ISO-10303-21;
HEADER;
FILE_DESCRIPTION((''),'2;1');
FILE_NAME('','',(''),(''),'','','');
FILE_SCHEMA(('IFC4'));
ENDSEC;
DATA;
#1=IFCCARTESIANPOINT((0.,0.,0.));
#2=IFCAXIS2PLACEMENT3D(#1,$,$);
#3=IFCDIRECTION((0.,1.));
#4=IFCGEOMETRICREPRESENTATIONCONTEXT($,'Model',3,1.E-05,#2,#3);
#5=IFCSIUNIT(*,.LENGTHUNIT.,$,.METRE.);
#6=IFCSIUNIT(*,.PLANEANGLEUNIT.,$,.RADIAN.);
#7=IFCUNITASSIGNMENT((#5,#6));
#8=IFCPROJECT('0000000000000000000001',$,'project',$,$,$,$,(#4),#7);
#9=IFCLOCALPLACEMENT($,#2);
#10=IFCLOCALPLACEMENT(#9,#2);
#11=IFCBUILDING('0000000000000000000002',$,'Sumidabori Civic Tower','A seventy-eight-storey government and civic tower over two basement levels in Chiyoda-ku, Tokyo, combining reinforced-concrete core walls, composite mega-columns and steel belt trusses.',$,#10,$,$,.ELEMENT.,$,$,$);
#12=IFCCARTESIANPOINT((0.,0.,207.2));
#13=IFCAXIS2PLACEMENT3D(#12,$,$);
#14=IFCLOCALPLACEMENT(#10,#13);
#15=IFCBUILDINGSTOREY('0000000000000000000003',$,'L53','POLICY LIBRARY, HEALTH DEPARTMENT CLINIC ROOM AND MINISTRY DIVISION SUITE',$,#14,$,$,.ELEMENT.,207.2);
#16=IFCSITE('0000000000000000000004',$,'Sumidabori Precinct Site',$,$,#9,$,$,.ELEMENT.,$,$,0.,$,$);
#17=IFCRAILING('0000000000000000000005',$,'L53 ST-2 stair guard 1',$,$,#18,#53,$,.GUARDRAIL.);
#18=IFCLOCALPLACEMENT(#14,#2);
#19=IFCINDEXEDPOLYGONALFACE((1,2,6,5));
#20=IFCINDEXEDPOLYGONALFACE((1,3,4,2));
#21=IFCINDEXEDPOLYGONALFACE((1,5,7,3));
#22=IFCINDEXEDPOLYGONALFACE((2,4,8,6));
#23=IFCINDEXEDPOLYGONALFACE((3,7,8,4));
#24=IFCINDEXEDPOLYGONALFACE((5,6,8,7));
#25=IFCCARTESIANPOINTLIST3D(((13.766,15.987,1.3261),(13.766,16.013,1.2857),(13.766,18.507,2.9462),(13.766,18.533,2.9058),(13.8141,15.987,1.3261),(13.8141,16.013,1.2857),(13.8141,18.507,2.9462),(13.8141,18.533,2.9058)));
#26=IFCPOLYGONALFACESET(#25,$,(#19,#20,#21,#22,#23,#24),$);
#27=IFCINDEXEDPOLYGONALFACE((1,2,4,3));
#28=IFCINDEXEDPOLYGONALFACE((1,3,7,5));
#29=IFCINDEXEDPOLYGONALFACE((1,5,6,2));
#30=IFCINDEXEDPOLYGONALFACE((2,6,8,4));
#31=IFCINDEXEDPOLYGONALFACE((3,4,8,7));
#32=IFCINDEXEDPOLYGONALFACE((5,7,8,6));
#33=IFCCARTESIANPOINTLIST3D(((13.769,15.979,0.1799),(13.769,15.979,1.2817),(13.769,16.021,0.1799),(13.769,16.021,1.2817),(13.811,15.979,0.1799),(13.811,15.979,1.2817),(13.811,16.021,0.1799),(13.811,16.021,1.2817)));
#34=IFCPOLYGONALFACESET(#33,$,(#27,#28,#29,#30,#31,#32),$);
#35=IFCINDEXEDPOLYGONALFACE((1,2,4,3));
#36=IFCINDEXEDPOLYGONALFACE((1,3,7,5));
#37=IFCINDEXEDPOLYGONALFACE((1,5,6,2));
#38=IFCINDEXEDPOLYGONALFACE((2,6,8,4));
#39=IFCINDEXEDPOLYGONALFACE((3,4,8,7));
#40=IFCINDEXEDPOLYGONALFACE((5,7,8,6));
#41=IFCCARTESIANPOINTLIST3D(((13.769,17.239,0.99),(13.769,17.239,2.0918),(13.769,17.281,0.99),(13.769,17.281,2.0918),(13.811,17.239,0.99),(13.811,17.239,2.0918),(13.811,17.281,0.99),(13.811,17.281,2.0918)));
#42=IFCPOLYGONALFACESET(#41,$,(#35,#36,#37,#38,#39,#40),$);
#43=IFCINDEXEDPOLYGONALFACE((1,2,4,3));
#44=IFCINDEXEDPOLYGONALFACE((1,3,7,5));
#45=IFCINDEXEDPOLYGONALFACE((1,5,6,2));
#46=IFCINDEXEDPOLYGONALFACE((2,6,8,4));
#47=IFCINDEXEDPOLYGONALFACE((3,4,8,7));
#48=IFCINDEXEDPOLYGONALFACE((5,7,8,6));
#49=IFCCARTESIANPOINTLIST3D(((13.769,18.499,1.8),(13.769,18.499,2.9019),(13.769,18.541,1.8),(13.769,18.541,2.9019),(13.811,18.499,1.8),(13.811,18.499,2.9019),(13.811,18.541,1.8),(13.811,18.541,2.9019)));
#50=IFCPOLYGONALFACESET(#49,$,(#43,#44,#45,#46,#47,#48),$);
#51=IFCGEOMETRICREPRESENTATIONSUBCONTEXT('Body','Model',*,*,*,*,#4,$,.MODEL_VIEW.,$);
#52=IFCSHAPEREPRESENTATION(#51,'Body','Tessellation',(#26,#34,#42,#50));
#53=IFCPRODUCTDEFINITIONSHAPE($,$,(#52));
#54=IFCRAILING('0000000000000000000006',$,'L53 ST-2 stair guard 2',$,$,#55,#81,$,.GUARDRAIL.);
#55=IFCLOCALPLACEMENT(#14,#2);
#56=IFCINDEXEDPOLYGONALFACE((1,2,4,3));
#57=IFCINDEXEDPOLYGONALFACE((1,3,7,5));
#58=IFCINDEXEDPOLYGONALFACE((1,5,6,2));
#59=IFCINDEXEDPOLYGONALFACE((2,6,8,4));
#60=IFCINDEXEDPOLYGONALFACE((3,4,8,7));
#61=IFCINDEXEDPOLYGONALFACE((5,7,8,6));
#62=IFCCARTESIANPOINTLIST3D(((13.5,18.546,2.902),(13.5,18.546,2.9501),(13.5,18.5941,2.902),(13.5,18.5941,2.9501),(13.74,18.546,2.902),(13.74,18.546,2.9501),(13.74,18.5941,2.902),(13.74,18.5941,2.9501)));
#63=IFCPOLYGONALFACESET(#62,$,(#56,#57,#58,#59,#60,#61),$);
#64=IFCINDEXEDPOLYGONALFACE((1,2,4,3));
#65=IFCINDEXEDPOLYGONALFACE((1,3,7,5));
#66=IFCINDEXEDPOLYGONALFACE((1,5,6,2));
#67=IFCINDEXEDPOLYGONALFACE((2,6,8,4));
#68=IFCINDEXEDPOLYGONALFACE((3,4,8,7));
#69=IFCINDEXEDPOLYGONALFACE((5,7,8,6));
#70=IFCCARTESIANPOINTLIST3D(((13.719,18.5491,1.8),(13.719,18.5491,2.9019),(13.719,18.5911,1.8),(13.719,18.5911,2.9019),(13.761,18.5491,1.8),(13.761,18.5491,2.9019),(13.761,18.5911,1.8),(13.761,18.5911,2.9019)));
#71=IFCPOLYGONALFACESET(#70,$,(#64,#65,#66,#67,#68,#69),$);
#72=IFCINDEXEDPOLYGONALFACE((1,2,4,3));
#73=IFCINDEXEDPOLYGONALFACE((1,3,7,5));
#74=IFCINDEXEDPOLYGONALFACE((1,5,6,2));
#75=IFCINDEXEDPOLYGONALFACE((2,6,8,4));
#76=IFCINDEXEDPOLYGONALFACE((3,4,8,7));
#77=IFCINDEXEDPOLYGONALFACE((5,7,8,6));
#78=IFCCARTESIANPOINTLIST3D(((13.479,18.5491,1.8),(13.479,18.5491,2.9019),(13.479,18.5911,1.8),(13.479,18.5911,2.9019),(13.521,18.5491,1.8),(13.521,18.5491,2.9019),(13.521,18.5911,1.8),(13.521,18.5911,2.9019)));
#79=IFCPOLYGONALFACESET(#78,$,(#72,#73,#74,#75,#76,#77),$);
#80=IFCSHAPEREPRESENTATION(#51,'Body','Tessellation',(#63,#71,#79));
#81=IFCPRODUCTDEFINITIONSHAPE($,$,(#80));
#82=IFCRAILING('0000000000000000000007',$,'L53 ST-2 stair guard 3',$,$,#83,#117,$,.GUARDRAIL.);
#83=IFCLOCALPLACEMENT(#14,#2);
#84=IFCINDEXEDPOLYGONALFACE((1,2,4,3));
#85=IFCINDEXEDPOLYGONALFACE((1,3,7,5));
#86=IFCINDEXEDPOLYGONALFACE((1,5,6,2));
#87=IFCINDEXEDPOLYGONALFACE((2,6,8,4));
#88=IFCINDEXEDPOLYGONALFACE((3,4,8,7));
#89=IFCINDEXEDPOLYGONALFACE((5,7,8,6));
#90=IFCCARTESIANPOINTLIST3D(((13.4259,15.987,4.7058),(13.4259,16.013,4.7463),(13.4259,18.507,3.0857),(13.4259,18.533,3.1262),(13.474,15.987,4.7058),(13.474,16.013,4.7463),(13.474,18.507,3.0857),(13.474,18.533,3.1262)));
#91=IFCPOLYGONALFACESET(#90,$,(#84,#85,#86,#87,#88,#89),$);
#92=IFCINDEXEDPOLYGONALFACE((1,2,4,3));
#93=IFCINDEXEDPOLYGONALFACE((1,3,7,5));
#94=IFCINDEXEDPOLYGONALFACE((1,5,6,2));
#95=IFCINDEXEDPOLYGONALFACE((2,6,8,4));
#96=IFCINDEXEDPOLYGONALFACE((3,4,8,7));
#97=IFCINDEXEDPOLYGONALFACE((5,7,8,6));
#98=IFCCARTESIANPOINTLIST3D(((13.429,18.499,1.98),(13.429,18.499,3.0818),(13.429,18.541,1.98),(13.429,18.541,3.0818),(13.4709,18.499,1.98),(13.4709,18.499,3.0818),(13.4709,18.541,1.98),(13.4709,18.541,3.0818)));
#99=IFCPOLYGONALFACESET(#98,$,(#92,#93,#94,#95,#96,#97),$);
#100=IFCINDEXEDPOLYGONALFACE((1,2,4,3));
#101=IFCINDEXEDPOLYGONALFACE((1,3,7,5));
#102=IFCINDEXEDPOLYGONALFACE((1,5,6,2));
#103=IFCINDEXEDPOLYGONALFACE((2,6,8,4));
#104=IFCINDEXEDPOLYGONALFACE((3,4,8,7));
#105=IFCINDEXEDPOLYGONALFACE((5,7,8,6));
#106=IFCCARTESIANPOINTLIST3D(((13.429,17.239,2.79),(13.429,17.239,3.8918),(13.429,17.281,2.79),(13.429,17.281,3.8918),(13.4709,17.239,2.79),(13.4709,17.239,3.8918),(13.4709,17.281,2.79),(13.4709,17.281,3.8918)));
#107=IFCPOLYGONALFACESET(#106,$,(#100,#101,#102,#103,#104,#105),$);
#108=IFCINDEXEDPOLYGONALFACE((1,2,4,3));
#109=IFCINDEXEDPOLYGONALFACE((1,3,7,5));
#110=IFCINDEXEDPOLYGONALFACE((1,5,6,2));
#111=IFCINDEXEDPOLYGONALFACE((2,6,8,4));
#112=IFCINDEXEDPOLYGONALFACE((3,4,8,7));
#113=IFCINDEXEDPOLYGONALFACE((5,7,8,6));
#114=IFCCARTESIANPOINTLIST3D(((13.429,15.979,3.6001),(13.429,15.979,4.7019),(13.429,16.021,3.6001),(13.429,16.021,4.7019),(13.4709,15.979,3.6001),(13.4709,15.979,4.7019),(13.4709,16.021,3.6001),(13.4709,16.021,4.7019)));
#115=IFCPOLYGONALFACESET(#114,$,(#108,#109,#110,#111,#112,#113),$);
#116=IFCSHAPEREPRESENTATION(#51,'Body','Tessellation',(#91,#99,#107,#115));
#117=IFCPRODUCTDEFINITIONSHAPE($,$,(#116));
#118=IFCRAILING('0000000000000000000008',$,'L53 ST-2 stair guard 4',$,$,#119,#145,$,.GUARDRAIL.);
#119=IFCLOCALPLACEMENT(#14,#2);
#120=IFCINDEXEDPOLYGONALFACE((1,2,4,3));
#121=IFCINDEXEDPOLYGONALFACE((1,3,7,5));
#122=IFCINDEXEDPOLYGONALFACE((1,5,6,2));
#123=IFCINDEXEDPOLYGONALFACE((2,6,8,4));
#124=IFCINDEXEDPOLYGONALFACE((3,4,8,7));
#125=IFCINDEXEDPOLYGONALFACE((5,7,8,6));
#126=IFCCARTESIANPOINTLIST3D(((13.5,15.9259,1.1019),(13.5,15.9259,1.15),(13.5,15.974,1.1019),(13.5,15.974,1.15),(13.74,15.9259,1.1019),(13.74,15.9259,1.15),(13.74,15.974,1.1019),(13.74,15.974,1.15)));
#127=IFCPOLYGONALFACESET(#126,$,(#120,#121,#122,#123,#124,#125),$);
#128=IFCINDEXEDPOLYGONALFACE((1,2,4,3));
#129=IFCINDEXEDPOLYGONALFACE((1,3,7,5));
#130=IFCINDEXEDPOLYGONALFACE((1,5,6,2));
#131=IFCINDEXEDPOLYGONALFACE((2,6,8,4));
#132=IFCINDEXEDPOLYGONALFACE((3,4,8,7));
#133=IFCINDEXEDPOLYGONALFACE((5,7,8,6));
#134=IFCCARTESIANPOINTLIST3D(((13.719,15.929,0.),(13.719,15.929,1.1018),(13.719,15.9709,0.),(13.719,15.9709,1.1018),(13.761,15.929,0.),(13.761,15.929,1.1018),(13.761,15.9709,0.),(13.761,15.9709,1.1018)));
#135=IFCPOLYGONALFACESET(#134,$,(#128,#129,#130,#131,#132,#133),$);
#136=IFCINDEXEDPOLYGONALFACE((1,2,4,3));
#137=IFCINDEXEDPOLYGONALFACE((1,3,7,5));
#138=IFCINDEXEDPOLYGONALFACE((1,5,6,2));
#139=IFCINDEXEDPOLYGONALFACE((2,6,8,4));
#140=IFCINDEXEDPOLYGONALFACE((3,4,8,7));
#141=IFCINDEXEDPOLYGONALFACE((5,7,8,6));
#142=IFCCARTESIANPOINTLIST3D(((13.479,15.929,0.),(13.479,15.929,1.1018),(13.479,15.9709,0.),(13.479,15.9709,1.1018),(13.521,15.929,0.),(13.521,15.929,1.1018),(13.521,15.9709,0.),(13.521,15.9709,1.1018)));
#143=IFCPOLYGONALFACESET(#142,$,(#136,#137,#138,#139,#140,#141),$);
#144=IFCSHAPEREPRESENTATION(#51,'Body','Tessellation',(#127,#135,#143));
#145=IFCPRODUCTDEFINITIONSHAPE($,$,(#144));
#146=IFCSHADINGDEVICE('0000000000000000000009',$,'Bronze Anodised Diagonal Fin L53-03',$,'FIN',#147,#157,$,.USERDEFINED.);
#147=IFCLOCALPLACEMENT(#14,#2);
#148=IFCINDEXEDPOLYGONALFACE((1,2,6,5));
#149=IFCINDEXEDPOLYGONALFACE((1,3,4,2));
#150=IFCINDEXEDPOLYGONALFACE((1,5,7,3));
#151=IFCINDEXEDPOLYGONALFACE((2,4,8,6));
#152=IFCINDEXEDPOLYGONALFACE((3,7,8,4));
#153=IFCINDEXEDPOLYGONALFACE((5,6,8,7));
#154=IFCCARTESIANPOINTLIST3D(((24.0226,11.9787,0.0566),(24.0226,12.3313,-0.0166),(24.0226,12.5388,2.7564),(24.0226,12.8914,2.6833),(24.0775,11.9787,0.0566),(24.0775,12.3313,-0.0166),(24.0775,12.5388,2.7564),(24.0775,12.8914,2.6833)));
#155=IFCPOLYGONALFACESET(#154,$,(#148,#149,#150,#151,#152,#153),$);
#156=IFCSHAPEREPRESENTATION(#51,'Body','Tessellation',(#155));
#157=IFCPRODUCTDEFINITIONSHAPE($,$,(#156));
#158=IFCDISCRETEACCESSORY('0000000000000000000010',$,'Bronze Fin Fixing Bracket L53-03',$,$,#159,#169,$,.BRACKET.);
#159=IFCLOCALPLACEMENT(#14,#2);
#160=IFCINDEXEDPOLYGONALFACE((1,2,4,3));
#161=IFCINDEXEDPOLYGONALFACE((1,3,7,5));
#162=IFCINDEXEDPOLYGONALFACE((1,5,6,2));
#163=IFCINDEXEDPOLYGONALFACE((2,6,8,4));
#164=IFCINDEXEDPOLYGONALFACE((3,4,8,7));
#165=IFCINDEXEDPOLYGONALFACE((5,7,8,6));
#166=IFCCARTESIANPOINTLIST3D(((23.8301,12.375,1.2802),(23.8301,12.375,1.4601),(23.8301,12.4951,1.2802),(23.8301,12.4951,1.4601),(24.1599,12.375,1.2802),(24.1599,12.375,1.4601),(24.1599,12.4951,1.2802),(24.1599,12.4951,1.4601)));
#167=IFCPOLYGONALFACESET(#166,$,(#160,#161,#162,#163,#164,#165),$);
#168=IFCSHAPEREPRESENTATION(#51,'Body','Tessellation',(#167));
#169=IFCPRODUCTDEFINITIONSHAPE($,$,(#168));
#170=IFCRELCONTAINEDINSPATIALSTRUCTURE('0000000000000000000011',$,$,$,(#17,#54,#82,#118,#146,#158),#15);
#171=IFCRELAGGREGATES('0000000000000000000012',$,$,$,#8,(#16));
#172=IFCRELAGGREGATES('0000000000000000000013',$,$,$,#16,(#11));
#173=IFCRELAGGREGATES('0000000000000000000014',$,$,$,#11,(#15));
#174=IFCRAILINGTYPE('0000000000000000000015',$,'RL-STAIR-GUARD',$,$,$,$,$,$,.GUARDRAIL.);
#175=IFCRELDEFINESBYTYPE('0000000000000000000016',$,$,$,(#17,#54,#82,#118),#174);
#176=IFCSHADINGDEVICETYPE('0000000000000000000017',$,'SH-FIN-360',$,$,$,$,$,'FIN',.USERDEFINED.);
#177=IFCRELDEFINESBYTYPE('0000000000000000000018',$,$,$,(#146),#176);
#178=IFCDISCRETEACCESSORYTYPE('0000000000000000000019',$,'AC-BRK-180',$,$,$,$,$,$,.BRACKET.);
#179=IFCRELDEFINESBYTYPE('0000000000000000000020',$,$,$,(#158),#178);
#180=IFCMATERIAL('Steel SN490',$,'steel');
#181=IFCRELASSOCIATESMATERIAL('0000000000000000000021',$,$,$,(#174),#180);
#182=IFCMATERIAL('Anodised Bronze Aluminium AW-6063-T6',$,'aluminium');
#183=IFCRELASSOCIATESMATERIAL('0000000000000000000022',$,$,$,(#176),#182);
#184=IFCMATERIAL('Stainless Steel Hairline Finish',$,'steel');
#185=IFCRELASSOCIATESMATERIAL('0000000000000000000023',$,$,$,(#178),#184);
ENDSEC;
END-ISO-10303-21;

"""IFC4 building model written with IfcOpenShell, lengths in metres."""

from ifc_helpers import new_model, si_unit, direction, frame, origin, origin_2d, place, context, subcontext, project, spatial, rectangle, extrude, source, transform, mapped, material, material_profile, profile_set, type_object, element, save


model = new_model("IFC4")

# Units and contexts
model_context = context("Model", 3, precision=1e-05, world=origin(), true_north=direction((0.0, 1.0)))
body_context = subcontext(model_context, "Body", "Model", "MODEL_VIEW")
ifc_project = project(units=[si_unit("LENGTHUNIT", "METRE"), si_unit("PLANEANGLEUNIT", "RADIAN")], contexts=[model_context])

# Site, building, storey
site_placement = place(None, origin())
site = spatial("IfcSite", under=ifc_project, at=site_placement, Name="Sumidabori Precinct Site", CompositionType="ELEMENT", RefElevation=0.0)
building_placement = place(site_placement, origin())
building = spatial("IfcBuilding", under=site, at=building_placement, Name="Sumidabori Civic Tower", Description="A seventy-eight-storey government and civic tower over two basement levels in Chiyoda-ku, Tokyo, combining reinforced-concrete core walls, composite mega-columns and steel belt trusses.", CompositionType="ELEMENT")
storey_placement = place(building_placement, frame((0.0, 0.0, 207.2)))
storey = spatial("IfcBuildingStorey", under=building, at=storey_placement, Name="L53", Description="POLICY LIBRARY, HEALTH DEPARTMENT CLINIC ROOM AND MINISTRY DIVISION SUITE", CompositionType="ELEMENT", Elevation=207.2)

# Shared definitions
ifc_material_1 = material(Name="Steel SN490", Category="steel")

# Shared definitions
ifc_material_2 = material(Name="Anodised Bronze Aluminium AW-6063-T6", Category="aluminium")

# Railings
ifc_material_3 = material(Name="Stainless Steel Hairline Finish", Category="steel")
railing_type_1 = type_object("IfcRailingType", Name="RL-STAIR-GUARD", PredefinedType="GUARDRAIL", material=ifc_material_1)
railing_1_placement = place(storey_placement, frame((13.79, 16.0, 0.1799)))
element("IfcRailing", 1, at=railing_1_placement, inside=storey, type_object=railing_type_1, Name="L53 ST-2 stair guard 1", PredefinedType="GUARDRAIL", context=body_context, shape_type="SweptSolid", body=[
    extrude(rectangle(XDim=0.0481, YDim=0.0481, at=origin_2d()), frame((0.0, 0.0, 1.126), z_axis=(0.0, 0.841163, 0.540782), x_axis=(-1.0, 0.0, 0.0)), (0.0, 0.0, 1.0), 2.9958),
    extrude(rectangle(XDim=0.042, YDim=0.042, at=origin_2d()), origin(), (0.0, 0.0, 1.0), 1.1018),
    extrude(rectangle(XDim=0.042, YDim=0.042, at=origin_2d()), frame((0.0, 1.26, 0.8101)), (0.0, 0.0, 1.0), 1.1018),
    extrude(rectangle(XDim=0.042, YDim=0.042, at=origin_2d()), frame((0.0, 2.52, 1.6201)), (0.0, 0.0, 1.0), 1.1018),
])
railing_2_placement = place(storey_placement, frame((13.74, 18.5701, 1.8)))
element("IfcRailing", 2, at=railing_2_placement, inside=storey, type_object=railing_type_1, Name="L53 ST-2 stair guard 2", PredefinedType="GUARDRAIL", context=body_context, shape_type="SweptSolid", body=[
    extrude(rectangle(XDim=0.0481, YDim=0.0481, at=origin_2d()), frame((0.0, 0.0, 1.126), z_axis=(-1.0, 0.0, 0.0), x_axis=(0.0, -1.0, 0.0)), (0.0, 0.0, 1.0), 0.24),
    extrude(rectangle(XDim=0.042, YDim=0.042, at=origin_2d()), origin(), (0.0, 0.0, 1.0), 1.1018),
    extrude(rectangle(XDim=0.042, YDim=0.042, at=origin_2d()), frame((-0.24, 0.0, 0.0)), (0.0, 0.0, 1.0), 1.1018),
])
railing_3_placement = place(storey_placement, frame((13.45, 18.52, 1.98)))
element("IfcRailing", 3, at=railing_3_placement, inside=storey, type_object=railing_type_1, Name="L53 ST-2 stair guard 3", PredefinedType="GUARDRAIL", context=body_context, shape_type="SweptSolid", body=[
    extrude(rectangle(XDim=0.0481, YDim=0.0481, at=origin_2d()), frame((0.0, 0.0, 1.126), z_axis=(0.0, -0.841163, 0.540782), x_axis=(1.0, 0.0, 0.0)), (0.0, 0.0, 1.0), 2.9958),
    extrude(rectangle(XDim=0.042, YDim=0.042, at=origin_2d()), origin(), (0.0, 0.0, 1.0), 1.1018),
    extrude(rectangle(XDim=0.042, YDim=0.042, at=origin_2d()), frame((0.0, -1.26, 0.8101)), (0.0, 0.0, 1.0), 1.1018),
    extrude(rectangle(XDim=0.042, YDim=0.042, at=origin_2d()), frame((0.0, -2.52, 1.6201)), (0.0, 0.0, 1.0), 1.1018),
])
railing_4_placement = place(storey_placement, frame((13.74, 15.95, 0.0)))
element("IfcRailing", 4, at=railing_4_placement, inside=storey, type_object=railing_type_1, Name="L53 ST-2 stair guard 4", PredefinedType="GUARDRAIL", context=body_context, shape_type="SweptSolid", body=[
    extrude(rectangle(XDim=0.0481, YDim=0.0481, at=origin_2d()), frame((0.0, 0.0, 1.126), z_axis=(-1.0, 0.0, 0.0), x_axis=(0.0, -1.0, 0.0)), (0.0, 0.0, 1.0), 0.24),
    extrude(rectangle(XDim=0.042, YDim=0.042, at=origin_2d()), origin(), (0.0, 0.0, 1.0), 1.1018),
    extrude(rectangle(XDim=0.042, YDim=0.042, at=origin_2d()), frame((-0.24, 0.0, 0.0)), (0.0, 0.0, 1.0), 1.1018),
])

# Shading device
ifc_material_profile_1 = material_profile(ifc_material_2, rectangle(XDim=0.0549, YDim=0.3601, at=origin_2d()), Name="BRONZE FIN 360x55")
ifc_profile_set_1 = profile_set([ifc_material_profile_1], Name="Anodised Bronze Aluminium AW-6063-T6")
shading_device_type = type_object("IfcShadingDeviceType", Name="SH-FIN-360", ElementType="FIN", PredefinedType="USERDEFINED", material=ifc_profile_set_1)
shared_shape_1 = source(origin(), body_context, "Body", "SweptSolid", [
    extrude(rectangle(XDim=0.0549, YDim=0.3601, at=origin_2d()), origin(), (0.0, 0.0, 1.0), 2.7573),
])
shading_device_placement = place(storey_placement, frame((24.05, 12.155, 0.02), z_axis=(0.0, 0.203109, 0.979156), x_axis=(-1.0, 0.0, 0.0)))
element("IfcShadingDevice", 5, at=shading_device_placement, inside=storey, type_object=shading_device_type, Name="Bronze Anodised Diagonal Fin L53-03", ObjectType="FIN", PredefinedType="USERDEFINED", context=body_context, shape_type="MappedRepresentation", body=[
    mapped(shared_shape_1, transform((0.0, 0.0, 0.0), x_axis=(1.0, 0.0, 0.0), y_axis=(0.0, 1.0, 0.0), z_axis=(0.0, 0.0, 1.0), scale=1.0)),
])

# Discrete accessory
ifc_material_profile_2 = material_profile(ifc_material_3, rectangle(XDim=0.1201, YDim=0.1799, at=origin_2d()), Name="STEEL BRACKET 180x120")
ifc_profile_set_2 = profile_set([ifc_material_profile_2], Name="Stainless Steel Hairline Finish")
discrete_accessory_type = type_object("IfcDiscreteAccessoryType", Name="AC-BRK-180", PredefinedType="BRACKET", material=ifc_profile_set_2)
shared_shape_2 = source(origin(), body_context, "Body", "SweptSolid", [
    extrude(rectangle(XDim=0.1201, YDim=0.1799, at=origin_2d()), origin(), (0.0, 0.0, 1.0), 0.3298),
])
discrete_accessory_placement = place(storey_placement, frame((23.8301, 12.4351, 1.3701), z_axis=(1.0, 0.0, 0.0), x_axis=(0.0, 1.0, 0.0)))
element("IfcDiscreteAccessory", 6, at=discrete_accessory_placement, inside=storey, type_object=discrete_accessory_type, Name="Bronze Fin Fixing Bracket L53-03", PredefinedType="BRACKET", context=body_context, shape_type="MappedRepresentation", body=[
    mapped(shared_shape_2, transform((0.0, 0.0, 0.0), x_axis=(1.0, 0.0, 0.0), y_axis=(0.0, 1.0, 0.0), z_axis=(0.0, 0.0, 1.0), scale=1.0)),
])

save(model, "model.ifc")
